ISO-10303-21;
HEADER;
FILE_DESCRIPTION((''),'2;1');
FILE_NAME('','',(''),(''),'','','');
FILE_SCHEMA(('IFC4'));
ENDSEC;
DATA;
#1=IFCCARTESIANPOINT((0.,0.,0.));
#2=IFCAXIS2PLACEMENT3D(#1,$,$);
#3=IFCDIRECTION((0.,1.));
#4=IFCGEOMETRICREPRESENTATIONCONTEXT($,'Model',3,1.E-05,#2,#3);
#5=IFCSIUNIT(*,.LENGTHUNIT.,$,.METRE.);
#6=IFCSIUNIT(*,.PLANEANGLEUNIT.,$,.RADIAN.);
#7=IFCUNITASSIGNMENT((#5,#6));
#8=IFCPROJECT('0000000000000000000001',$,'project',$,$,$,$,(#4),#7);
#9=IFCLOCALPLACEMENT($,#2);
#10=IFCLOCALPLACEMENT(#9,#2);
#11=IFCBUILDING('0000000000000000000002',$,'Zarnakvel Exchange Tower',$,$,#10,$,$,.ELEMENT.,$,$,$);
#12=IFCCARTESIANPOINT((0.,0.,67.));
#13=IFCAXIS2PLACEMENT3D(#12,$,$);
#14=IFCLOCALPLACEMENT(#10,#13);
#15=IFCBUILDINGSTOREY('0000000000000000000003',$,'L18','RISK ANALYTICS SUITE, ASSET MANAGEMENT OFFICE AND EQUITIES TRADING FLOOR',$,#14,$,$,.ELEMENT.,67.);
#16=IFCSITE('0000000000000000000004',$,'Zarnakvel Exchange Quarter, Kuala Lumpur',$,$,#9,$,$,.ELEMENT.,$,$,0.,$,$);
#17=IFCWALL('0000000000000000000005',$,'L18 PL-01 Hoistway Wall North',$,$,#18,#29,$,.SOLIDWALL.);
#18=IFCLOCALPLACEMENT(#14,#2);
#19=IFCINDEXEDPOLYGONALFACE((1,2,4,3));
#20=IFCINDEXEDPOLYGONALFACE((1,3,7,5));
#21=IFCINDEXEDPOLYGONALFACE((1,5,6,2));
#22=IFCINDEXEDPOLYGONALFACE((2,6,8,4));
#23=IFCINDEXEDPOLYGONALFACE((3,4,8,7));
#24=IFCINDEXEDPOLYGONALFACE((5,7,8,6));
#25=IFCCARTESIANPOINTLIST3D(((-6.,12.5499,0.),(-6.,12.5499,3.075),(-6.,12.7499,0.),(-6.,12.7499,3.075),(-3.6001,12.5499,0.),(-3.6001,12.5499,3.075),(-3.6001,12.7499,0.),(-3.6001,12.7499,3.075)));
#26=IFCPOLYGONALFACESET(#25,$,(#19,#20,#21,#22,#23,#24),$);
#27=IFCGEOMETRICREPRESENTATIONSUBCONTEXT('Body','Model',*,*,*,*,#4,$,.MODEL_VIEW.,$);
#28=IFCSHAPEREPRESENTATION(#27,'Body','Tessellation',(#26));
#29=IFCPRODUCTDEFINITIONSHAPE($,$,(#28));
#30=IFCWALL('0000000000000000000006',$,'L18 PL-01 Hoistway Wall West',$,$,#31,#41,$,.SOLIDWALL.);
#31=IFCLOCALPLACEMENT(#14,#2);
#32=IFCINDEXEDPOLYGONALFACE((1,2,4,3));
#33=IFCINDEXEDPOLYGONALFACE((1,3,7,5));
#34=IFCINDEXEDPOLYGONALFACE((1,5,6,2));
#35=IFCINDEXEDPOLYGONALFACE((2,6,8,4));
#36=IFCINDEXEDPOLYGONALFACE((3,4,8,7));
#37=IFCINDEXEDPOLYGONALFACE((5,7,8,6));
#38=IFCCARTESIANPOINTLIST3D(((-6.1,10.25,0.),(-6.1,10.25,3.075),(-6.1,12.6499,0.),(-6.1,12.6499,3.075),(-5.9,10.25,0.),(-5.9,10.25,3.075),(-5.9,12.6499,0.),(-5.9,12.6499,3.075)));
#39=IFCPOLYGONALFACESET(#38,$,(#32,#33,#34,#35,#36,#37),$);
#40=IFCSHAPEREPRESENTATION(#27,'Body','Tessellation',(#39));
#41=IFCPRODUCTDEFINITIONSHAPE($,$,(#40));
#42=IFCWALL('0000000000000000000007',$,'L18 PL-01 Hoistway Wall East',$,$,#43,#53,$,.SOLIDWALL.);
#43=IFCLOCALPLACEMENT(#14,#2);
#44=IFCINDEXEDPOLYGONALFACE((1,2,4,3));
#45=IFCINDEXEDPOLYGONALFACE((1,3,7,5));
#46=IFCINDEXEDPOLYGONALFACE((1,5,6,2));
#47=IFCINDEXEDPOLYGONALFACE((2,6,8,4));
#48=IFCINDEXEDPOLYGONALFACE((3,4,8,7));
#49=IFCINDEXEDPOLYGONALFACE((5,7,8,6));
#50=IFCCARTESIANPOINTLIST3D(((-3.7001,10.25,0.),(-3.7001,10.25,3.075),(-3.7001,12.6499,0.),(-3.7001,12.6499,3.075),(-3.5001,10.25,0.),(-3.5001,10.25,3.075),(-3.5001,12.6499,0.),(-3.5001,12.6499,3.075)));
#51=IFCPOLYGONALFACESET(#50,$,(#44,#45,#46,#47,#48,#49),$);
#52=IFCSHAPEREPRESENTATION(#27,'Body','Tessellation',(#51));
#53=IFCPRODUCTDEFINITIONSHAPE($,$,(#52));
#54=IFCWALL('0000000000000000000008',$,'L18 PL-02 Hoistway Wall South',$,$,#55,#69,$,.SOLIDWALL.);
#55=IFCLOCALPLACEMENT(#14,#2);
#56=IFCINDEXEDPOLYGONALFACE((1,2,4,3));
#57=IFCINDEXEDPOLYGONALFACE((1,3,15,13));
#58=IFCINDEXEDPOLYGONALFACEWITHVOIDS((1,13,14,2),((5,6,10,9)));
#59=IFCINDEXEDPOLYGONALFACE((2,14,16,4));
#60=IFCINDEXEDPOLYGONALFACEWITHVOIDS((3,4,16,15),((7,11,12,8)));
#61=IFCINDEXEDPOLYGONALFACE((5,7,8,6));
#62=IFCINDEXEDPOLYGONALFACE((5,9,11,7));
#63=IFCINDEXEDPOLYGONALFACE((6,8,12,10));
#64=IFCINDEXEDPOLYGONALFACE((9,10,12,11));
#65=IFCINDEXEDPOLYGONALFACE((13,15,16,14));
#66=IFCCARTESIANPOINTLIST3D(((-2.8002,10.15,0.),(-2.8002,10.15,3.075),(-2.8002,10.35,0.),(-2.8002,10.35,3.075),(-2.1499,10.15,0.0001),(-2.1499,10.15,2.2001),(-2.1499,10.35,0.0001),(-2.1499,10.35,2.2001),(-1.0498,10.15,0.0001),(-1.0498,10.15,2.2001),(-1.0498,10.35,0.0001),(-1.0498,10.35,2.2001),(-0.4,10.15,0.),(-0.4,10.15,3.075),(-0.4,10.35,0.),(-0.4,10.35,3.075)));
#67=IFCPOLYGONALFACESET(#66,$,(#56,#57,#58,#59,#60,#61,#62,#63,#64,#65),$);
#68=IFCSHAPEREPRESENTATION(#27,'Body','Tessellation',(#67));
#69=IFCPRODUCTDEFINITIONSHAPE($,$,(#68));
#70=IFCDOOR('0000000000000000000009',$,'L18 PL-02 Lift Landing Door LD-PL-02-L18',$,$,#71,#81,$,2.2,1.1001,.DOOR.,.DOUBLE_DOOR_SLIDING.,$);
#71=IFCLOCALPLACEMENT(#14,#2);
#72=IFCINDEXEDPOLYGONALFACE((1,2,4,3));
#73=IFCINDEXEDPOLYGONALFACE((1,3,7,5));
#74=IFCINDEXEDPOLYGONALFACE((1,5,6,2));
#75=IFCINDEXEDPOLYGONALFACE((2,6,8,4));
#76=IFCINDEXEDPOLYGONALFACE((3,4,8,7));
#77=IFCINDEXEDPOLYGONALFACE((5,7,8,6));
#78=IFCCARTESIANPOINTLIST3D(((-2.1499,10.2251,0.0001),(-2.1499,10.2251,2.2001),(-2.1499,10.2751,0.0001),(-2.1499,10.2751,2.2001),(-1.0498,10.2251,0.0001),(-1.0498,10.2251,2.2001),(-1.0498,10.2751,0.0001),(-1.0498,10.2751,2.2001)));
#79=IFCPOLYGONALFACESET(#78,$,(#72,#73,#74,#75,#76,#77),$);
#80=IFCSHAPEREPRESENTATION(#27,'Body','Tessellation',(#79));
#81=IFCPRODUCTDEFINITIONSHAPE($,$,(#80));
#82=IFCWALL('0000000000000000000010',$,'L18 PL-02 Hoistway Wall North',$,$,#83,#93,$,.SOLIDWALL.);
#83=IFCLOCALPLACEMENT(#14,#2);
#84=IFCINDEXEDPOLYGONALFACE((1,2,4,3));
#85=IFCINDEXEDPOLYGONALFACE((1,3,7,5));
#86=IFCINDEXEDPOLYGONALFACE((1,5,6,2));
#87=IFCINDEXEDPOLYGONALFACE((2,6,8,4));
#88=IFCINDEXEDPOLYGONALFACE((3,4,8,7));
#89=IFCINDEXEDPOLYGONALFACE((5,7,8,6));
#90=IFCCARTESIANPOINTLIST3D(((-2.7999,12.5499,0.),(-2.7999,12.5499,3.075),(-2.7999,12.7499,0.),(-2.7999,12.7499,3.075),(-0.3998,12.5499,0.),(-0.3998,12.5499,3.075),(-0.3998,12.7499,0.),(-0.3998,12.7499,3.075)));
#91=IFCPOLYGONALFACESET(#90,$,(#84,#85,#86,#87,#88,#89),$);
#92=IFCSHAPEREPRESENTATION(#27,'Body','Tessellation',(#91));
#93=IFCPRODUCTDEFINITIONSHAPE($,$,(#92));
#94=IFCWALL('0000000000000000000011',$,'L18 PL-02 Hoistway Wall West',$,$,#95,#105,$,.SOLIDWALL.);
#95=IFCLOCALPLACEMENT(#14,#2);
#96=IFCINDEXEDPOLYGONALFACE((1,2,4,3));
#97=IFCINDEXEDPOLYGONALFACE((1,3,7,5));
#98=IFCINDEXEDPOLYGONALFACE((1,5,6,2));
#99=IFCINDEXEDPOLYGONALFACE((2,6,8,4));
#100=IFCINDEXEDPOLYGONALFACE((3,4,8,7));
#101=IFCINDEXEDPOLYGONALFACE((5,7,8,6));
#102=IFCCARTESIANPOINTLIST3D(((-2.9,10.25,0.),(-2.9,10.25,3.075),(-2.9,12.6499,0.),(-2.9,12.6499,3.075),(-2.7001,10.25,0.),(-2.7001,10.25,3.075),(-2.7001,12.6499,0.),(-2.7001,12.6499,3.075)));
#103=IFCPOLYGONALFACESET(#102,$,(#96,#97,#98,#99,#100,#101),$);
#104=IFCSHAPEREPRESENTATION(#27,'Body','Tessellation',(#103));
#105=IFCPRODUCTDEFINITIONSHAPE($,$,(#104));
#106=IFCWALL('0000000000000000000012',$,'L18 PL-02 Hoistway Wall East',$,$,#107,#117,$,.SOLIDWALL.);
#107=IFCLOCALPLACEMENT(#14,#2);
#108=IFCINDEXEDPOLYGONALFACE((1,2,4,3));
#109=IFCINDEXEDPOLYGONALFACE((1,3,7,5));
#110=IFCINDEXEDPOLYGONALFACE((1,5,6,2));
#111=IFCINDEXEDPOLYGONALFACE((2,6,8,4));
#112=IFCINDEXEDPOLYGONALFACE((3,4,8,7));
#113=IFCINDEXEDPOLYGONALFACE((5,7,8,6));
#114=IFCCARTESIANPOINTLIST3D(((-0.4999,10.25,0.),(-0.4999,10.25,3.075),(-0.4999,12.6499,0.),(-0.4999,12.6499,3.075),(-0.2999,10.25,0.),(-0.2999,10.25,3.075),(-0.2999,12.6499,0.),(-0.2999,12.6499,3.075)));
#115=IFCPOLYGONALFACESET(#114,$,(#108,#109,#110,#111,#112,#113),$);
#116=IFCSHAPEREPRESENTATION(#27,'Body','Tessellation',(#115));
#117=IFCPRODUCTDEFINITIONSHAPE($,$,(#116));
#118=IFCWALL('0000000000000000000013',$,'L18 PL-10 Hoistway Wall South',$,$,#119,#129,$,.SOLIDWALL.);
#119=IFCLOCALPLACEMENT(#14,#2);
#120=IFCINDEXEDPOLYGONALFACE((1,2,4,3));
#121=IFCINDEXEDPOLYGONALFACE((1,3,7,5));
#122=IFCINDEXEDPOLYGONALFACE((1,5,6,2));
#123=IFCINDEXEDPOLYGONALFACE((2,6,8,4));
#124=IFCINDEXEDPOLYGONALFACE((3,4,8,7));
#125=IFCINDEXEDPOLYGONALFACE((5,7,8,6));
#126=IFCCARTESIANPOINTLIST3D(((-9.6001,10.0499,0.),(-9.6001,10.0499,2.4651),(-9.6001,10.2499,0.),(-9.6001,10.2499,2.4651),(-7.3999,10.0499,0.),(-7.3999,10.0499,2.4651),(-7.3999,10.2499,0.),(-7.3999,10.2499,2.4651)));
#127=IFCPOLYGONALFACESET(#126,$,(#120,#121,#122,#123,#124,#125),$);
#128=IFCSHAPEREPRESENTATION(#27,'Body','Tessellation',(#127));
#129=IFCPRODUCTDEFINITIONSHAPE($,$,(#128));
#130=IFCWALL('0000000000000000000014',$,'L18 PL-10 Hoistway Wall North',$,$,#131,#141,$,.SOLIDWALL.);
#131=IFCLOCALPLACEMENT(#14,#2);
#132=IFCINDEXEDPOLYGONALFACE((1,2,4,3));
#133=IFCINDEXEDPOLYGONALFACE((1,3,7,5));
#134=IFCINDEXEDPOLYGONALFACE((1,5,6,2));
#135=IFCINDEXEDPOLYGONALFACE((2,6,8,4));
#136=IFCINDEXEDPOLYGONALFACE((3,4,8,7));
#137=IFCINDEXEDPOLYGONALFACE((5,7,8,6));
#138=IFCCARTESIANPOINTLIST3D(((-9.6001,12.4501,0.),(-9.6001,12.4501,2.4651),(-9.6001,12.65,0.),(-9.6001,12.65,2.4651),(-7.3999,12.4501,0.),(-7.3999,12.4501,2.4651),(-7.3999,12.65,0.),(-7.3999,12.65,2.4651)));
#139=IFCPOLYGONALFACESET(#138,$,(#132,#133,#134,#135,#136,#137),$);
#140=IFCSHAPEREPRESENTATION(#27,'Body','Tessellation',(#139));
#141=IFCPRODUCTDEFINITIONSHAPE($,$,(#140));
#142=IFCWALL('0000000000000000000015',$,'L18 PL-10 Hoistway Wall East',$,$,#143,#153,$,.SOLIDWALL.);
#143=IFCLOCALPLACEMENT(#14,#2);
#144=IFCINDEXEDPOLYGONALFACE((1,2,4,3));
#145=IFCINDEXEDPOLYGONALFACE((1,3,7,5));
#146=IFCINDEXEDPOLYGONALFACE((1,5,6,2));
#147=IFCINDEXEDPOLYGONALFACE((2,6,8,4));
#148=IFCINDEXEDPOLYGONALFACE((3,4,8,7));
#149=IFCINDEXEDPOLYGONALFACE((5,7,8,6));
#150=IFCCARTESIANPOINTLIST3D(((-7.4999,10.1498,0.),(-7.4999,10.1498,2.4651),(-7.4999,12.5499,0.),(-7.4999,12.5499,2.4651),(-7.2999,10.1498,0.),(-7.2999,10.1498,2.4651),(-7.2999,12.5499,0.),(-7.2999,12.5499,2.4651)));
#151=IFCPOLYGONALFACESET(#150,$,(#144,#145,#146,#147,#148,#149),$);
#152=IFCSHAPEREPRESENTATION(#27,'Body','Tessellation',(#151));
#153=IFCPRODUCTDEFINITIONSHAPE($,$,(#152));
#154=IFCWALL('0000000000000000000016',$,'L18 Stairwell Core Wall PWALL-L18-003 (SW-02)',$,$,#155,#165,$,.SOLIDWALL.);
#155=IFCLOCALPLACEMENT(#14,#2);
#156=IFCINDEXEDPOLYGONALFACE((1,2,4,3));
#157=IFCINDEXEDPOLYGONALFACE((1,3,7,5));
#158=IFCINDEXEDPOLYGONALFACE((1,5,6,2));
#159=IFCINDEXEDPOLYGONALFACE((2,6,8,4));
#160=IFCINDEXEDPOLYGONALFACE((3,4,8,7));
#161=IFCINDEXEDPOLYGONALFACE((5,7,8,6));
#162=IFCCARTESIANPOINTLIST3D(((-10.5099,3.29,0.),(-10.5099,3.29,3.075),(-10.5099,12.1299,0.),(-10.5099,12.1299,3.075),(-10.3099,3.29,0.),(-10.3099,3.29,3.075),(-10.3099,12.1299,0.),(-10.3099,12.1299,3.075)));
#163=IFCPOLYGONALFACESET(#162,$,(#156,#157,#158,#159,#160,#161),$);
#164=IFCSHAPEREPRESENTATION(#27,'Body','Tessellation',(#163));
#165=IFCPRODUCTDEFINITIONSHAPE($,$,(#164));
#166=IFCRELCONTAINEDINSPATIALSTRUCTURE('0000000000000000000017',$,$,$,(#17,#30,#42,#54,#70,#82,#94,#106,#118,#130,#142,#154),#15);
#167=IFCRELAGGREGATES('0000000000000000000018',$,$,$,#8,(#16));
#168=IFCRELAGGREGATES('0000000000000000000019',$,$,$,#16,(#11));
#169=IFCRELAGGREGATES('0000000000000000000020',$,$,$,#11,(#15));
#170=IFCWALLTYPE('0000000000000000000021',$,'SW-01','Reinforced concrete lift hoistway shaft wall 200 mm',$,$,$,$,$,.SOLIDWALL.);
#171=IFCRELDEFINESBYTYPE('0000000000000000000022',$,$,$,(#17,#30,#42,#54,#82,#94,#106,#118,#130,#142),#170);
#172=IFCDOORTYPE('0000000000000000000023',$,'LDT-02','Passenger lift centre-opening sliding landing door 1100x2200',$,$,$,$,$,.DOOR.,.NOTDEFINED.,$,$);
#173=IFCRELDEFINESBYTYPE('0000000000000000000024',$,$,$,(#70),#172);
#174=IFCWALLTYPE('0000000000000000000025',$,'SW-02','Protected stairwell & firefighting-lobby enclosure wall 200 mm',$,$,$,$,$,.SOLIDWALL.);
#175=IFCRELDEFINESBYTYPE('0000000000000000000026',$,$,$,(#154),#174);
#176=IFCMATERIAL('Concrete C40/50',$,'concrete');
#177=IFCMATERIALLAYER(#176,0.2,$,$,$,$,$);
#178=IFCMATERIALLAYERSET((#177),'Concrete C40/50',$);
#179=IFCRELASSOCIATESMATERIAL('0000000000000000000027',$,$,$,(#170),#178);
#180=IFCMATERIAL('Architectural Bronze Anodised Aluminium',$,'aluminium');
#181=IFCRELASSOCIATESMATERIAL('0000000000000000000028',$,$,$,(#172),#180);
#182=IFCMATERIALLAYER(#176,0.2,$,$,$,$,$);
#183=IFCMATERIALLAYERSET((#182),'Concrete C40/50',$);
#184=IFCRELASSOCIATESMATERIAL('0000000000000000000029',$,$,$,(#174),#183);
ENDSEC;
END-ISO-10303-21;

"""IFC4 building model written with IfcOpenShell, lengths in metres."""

from ifc_helpers import new_model, si_unit, direction, frame, frame_2d, origin, place, context, subcontext, project, spatial, rectangle, extrude, source, transform, mapped, material, layer, layer_set, type_object, element, fill, save


model = new_model("IFC4")

# Units and contexts
model_context = context("Model", 3, precision=1e-05, world=origin(), true_north=direction((0.0, 1.0)))
body_context = subcontext(model_context, "Body", "Model", "MODEL_VIEW")
ifc_project = project(units=[si_unit("LENGTHUNIT", "METRE"), si_unit("PLANEANGLEUNIT", "RADIAN")], contexts=[model_context])

# Site, building, storey
site_placement = place(None, origin())
site = spatial("IfcSite", under=ifc_project, at=site_placement, Name="Zarnakvel Exchange Quarter, Kuala Lumpur", CompositionType="ELEMENT", RefElevation=0.0)
building_placement = place(site_placement, origin())
building = spatial("IfcBuilding", under=site, at=building_placement, Name="Zarnakvel Exchange Tower", CompositionType="ELEMENT")
storey_placement = place(building_placement, frame((0.0, 0.0, 67.0)))
storey = spatial("IfcBuildingStorey", under=building, at=storey_placement, Name="L18", Description="RISK ANALYTICS SUITE, ASSET MANAGEMENT OFFICE AND EQUITIES TRADING FLOOR", CompositionType="ELEMENT", Elevation=67.0)

# Shared definitions
ifc_material_1 = material(Name="Architectural Bronze Anodised Aluminium", Category="aluminium")

# Shared definitions
ifc_material_2 = material(Name="Concrete C40/50", Category="concrete")
ifc_layer_1 = layer(ifc_material_2, 0.2)
ifc_layer_set_1 = layer_set([ifc_layer_1], Name="Concrete C40/50")
wall_type_1 = type_object("IfcWallType", Name="SW-01", Description="Reinforced concrete lift hoistway shaft wall 200 mm", PredefinedType="SOLIDWALL", material=ifc_layer_set_1)
door_type = type_object("IfcDoorType", Name="LDT-02", Description="Passenger lift centre-opening sliding landing door 1100x2200", OperationType="NOTDEFINED", PredefinedType="DOOR", material=ifc_material_1)
shared_shape_1 = source(origin(), body_context, "Body", "SweptSolid", [
    extrude(rectangle(XDim=1.1001, YDim=2.2, at=frame_2d((0.55, 1.1001))), frame((0.0, 0.0249, 0.0), z_axis=(0.0, -1.0, 0.0), x_axis=(1.0, 0.0, 0.0)), (0.0, 0.0, 1.0), 0.05),
])

# Walls
for number, where, z_axis, x_axis, name in (
    (1, (-6.0, 12.6499, 0.0), (0.0, 0.0, 1.0), (1.0, 0.0, 0.0), "L18 PL-01 Hoistway Wall North"),
    (2, (-6.0, 10.25, 0.0), (0.0, 0.0, 1.0), (0.0, 1.0, 0.0), "L18 PL-01 Hoistway Wall West"),
    (3, (-3.6001, 12.6499, 0.0), (0.0, 0.0, 1.0), (0.0, -1.0, 0.0), "L18 PL-01 Hoistway Wall East"),
):
    element("IfcWall", number, at=place(storey_placement, frame(where, z_axis=z_axis, x_axis=x_axis)), inside=storey, type_object=wall_type_1, Name=name, PredefinedType="SOLIDWALL", context=body_context, shape_type="SweptSolid", body=[
        extrude(rectangle(XDim=2.3999, YDim=0.2, at=frame_2d((1.2, 0.0))), origin(), (0.0, 0.0, 1.0), 3.075),
    ])

# Wall, opening, door
wall_1_placement = place(storey_placement, frame((-0.3999, 10.25, 0.0), z_axis=(0.0, 0.0, 1.0), x_axis=(-1.0, 0.0, 0.0)))
wall_1 = element("IfcWall", 4, at=wall_1_placement, inside=storey, type_object=wall_type_1, Name="L18 PL-02 Hoistway Wall South", PredefinedType="SOLIDWALL", context=body_context, shape_type="SweptSolid", body=[
    extrude(rectangle(XDim=2.4001, YDim=0.2, at=frame_2d((1.2002, 0.0))), origin(), (0.0, 0.0, 1.0), 3.075),
])
opening_1_placement = place(wall_1_placement, frame((0.6499, 0.0, 0.0)))
opening_1 = element("IfcOpeningElement", 5, at=opening_1_placement, cuts=wall_1, PredefinedType="OPENING", context=body_context, shape_type="SweptSolid", body=[
    extrude(rectangle(XDim=1.1001, YDim=2.2, at=frame_2d((0.55, 1.1001))), frame((0.0, 0.1099, 0.0), z_axis=(0.0, -1.0, 0.0), x_axis=(1.0, 0.0, 0.0)), (0.0, 0.0, 1.0), 0.22),
])
door_1_placement = place(opening_1_placement, origin())
door_1 = element("IfcDoor", 6, at=door_1_placement, inside=storey, type_object=door_type, Name="L18 PL-02 Lift Landing Door LD-PL-02-L18", OperationType="DOUBLE_DOOR_SLIDING", OverallHeight=2.2, OverallWidth=1.1001, PredefinedType="DOOR", context=body_context, shape_type="MappedRepresentation", body=[
    mapped(shared_shape_1, transform((0.0, 0.0, 0.0), x_axis=(1.0, 0.0, 0.0), y_axis=(0.0, 1.0, 0.0), z_axis=(0.0, 0.0, 1.0), scale=1.0)),
])
fill(opening_1, door_1)

# Walls
wall_2_placement = place(storey_placement, frame((-2.8, 12.6499, 0.0), z_axis=(0.0, 0.0, 1.0), x_axis=(1.0, 0.0, 0.0)))
element("IfcWall", 7, at=wall_2_placement, inside=storey, type_object=wall_type_1, Name="L18 PL-02 Hoistway Wall North", PredefinedType="SOLIDWALL", context=body_context, shape_type="SweptSolid", body=[
    extrude(rectangle(XDim=2.4001, YDim=0.2, at=frame_2d((1.2002, 0.0))), origin(), (0.0, 0.0, 1.0), 3.075),
])
for number, where, z_axis, x_axis, name in (
    (8, (-2.8, 10.25, 0.0), (0.0, 0.0, 1.0), (0.0, 1.0, 0.0), "L18 PL-02 Hoistway Wall West"),
    (9, (-0.3999, 12.6499, 0.0), (0.0, 0.0, 1.0), (0.0, -1.0, 0.0), "L18 PL-02 Hoistway Wall East"),
):
    element("IfcWall", number, at=place(storey_placement, frame(where, z_axis=z_axis, x_axis=x_axis)), inside=storey, type_object=wall_type_1, Name=name, PredefinedType="SOLIDWALL", context=body_context, shape_type="SweptSolid", body=[
        extrude(rectangle(XDim=2.3999, YDim=0.2, at=frame_2d((1.2, 0.0))), origin(), (0.0, 0.0, 1.0), 3.075),
    ])
for number, where, z_axis, x_axis, name in (
    (10, (-7.3999, 10.1499, 0.0), (0.0, 0.0, 1.0), (-1.0, 0.0, 0.0), "L18 PL-10 Hoistway Wall South"),
    (11, (-9.6001, 12.55, 0.0), (0.0, 0.0, 1.0), (1.0, 0.0, 0.0), "L18 PL-10 Hoistway Wall North"),
):
    element("IfcWall", number, at=place(storey_placement, frame(where, z_axis=z_axis, x_axis=x_axis)), inside=storey, type_object=wall_type_1, Name=name, PredefinedType="SOLIDWALL", context=body_context, shape_type="SweptSolid", body=[
        extrude(rectangle(XDim=2.2002, YDim=0.2, at=frame_2d((1.1001, 0.0))), origin(), (0.0, 0.0, 1.0), 2.4651),
    ])
wall_3_placement = place(storey_placement, frame((-7.3999, 12.55, 0.0), z_axis=(0.0, 0.0, 1.0), x_axis=(0.0, -1.0, 0.0)))
element("IfcWall", 12, at=wall_3_placement, inside=storey, type_object=wall_type_1, Name="L18 PL-10 Hoistway Wall East", PredefinedType="SOLIDWALL", context=body_context, shape_type="SweptSolid", body=[
    extrude(rectangle(XDim=2.4001, YDim=0.2, at=frame_2d((1.2002, 0.0))), origin(), (0.0, 0.0, 1.0), 2.4651),
])
ifc_layer_2 = layer(ifc_material_2, 0.2)
ifc_layer_set_2 = layer_set([ifc_layer_2], Name="Concrete C40/50")
wall_type_2 = type_object("IfcWallType", Name="SW-02", Description="Protected stairwell & firefighting-lobby enclosure wall 200 mm", PredefinedType="SOLIDWALL", material=ifc_layer_set_2)
wall_4_placement = place(storey_placement, frame((-10.4099, 12.1299, 0.0), z_axis=(0.0, 0.0, 1.0), x_axis=(0.0, -1.0, 0.0)))
element("IfcWall", 13, at=wall_4_placement, inside=storey, type_object=wall_type_2, Name="L18 Stairwell Core Wall PWALL-L18-003 (SW-02)", PredefinedType="SOLIDWALL", context=body_context, shape_type="SweptSolid", body=[
    extrude(rectangle(XDim=8.8398, YDim=0.2, at=frame_2d((4.4199, 0.0))), origin(), (0.0, 0.0, 1.0), 3.075),
])

save(model, "model.ifc")
